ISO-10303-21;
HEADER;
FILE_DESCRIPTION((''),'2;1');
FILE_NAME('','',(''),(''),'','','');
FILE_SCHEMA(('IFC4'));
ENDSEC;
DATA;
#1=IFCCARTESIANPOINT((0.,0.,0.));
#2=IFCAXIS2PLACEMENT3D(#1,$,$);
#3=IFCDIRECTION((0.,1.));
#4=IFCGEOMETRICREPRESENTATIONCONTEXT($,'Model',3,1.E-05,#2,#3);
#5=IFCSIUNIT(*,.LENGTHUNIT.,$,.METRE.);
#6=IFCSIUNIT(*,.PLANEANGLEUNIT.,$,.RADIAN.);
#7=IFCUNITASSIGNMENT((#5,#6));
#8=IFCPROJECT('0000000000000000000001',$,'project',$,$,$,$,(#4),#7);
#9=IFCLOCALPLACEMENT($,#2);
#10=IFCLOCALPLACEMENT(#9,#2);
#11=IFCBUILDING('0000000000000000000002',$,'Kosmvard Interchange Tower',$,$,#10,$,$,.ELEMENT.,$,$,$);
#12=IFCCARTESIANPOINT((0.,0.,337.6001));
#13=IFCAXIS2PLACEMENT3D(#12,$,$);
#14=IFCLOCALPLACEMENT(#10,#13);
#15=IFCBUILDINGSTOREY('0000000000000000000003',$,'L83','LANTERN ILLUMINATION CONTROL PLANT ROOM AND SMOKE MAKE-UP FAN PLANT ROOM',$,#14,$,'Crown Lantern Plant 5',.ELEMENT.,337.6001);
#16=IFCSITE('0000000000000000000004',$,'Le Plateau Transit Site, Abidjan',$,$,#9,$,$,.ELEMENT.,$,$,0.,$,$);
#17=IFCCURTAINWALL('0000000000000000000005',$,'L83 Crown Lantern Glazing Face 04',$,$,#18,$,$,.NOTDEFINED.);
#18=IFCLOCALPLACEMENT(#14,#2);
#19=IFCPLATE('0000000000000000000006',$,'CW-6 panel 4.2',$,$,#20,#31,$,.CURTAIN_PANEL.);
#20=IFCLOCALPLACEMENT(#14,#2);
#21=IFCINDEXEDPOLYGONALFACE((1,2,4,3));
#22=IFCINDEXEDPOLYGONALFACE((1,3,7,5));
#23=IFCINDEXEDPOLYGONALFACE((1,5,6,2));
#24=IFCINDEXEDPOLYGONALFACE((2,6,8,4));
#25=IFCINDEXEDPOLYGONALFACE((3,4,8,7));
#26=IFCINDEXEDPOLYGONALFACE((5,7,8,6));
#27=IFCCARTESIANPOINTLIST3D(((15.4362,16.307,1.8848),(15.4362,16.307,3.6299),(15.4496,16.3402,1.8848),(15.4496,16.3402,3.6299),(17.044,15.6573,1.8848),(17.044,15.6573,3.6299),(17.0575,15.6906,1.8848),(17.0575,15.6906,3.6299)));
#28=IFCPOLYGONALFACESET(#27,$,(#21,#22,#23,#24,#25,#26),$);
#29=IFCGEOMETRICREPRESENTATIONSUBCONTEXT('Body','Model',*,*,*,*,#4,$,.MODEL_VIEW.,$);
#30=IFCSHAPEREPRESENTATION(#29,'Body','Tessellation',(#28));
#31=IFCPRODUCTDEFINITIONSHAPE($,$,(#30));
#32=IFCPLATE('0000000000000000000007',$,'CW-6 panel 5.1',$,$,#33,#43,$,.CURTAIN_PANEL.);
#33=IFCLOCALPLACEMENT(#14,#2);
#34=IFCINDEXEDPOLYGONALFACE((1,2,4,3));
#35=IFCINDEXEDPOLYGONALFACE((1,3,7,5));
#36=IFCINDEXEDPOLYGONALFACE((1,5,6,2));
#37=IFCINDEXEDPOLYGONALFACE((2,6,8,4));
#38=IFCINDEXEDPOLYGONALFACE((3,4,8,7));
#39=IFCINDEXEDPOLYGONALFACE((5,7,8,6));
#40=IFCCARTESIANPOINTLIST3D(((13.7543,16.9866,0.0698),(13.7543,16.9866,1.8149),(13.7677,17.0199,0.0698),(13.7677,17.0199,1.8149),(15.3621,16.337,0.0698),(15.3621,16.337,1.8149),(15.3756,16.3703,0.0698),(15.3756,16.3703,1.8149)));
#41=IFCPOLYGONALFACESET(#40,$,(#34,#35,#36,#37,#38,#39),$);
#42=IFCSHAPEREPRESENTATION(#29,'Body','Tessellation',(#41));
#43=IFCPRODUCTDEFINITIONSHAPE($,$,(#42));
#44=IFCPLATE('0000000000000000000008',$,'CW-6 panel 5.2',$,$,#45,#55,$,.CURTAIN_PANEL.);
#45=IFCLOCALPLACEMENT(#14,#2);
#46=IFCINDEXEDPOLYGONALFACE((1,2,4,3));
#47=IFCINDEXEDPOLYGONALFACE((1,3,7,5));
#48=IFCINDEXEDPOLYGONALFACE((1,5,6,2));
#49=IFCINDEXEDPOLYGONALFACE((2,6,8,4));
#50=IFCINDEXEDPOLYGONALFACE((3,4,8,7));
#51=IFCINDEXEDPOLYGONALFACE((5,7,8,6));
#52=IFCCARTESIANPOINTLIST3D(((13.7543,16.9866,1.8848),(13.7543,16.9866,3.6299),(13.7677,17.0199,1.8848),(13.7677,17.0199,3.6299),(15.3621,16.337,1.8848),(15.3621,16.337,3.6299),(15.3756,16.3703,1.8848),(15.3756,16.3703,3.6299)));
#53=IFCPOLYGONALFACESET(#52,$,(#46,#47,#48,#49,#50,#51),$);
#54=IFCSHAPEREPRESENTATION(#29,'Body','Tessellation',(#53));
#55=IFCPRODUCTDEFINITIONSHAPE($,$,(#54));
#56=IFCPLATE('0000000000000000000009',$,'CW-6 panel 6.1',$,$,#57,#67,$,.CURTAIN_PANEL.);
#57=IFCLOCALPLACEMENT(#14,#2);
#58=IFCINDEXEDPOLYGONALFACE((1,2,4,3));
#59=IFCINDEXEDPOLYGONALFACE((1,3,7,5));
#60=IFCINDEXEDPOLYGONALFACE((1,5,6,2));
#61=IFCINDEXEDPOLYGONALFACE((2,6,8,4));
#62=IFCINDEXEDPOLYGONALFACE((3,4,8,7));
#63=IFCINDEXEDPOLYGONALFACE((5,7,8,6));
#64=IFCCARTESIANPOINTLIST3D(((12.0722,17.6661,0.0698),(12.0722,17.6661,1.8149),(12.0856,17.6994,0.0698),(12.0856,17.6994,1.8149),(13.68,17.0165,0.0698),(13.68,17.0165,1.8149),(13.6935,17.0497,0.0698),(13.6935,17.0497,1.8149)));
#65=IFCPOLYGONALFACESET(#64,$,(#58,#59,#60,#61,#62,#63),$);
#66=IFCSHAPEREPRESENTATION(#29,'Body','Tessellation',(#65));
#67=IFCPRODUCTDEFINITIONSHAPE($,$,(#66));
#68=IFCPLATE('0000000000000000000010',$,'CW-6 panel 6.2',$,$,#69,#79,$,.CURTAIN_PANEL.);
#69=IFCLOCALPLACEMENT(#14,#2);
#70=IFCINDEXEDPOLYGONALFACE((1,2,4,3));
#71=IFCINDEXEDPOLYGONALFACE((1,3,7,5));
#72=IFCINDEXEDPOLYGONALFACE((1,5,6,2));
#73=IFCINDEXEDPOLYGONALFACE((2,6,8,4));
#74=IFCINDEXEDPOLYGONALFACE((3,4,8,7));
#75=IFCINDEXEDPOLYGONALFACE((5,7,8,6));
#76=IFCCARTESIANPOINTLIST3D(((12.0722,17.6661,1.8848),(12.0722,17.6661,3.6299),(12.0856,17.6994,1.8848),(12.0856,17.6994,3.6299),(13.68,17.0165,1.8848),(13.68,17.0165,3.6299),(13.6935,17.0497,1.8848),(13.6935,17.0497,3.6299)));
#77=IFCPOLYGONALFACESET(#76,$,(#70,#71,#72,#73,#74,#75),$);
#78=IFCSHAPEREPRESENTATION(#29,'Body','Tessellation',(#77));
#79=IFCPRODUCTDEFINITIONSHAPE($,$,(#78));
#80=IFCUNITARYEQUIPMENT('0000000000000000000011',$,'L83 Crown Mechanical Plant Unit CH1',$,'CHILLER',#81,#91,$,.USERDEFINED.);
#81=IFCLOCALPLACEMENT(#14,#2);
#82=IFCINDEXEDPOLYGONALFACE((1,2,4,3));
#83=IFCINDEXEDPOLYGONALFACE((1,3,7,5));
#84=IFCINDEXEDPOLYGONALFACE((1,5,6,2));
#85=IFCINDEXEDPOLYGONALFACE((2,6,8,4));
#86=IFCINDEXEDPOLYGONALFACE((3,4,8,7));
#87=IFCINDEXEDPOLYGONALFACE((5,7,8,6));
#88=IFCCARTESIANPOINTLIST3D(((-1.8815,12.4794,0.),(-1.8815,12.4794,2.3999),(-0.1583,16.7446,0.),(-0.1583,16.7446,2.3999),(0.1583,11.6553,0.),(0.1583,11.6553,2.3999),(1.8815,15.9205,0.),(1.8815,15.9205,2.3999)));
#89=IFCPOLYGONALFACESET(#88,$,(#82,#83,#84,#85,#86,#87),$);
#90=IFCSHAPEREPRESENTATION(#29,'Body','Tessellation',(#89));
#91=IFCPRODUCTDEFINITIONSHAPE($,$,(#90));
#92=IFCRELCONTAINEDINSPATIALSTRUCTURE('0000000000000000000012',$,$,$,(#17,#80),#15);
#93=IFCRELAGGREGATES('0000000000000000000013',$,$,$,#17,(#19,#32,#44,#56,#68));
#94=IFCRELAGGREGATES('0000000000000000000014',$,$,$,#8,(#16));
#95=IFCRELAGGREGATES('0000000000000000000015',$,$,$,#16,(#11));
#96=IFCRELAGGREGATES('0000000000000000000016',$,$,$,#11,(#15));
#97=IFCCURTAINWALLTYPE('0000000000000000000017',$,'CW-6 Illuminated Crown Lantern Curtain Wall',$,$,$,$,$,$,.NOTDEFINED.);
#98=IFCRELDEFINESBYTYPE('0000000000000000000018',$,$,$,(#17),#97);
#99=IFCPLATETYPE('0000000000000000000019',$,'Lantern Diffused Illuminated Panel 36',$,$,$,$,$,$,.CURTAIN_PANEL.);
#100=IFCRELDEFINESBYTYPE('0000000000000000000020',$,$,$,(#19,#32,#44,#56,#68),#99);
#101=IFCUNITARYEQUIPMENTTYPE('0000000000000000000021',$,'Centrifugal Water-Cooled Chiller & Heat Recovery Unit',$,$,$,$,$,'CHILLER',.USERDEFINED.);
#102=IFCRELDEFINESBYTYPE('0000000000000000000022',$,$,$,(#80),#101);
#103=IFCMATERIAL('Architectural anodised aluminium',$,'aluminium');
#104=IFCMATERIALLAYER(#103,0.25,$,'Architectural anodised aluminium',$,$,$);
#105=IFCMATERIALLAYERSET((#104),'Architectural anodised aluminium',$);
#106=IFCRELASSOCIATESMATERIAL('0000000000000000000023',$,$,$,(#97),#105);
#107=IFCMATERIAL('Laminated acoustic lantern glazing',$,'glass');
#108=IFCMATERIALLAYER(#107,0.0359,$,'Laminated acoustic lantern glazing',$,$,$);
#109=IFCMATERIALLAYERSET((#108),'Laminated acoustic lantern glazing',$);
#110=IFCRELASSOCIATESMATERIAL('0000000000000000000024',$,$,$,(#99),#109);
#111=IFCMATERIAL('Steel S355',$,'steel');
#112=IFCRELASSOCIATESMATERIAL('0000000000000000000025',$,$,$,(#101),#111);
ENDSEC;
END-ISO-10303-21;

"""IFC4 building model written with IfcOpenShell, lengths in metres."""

from ifc_helpers import new_model, si_unit, direction, frame, origin, origin_2d, place, context, subcontext, project, spatial, rectangle, extrude, source, transform, mapped, material, layer, layer_set, type_object, element, aggregate, save


model = new_model("IFC4")

# Units and contexts
model_context = context("Model", 3, precision=1e-05, world=origin(), true_north=direction((0.0, 1.0)))
body_context = subcontext(model_context, "Body", "Model", "MODEL_VIEW")
ifc_project = project(units=[si_unit("LENGTHUNIT", "METRE"), si_unit("PLANEANGLEUNIT", "RADIAN")], contexts=[model_context])

# Site, building, storey
site_placement = place(None, origin())
site = spatial("IfcSite", under=ifc_project, at=site_placement, Name="Le Plateau Transit Site, Abidjan", CompositionType="ELEMENT", RefElevation=0.0)
building_placement = place(site_placement, origin())
building = spatial("IfcBuilding", under=site, at=building_placement, Name="Kosmvard Interchange Tower", CompositionType="ELEMENT")
storey_placement = place(building_placement, frame((0.0, 0.0, 337.6001)))
storey = spatial("IfcBuildingStorey", under=building, at=storey_placement, Name="L83", Description="LANTERN ILLUMINATION CONTROL PLANT ROOM AND SMOKE MAKE-UP FAN PLANT ROOM", LongName="Crown Lantern Plant 5", CompositionType="ELEMENT", Elevation=337.6001)

# Shared definitions
ifc_material_1 = material(Name="Steel S355", Category="steel")

# Curtain wall
ifc_material_2 = material(Name="Architectural anodised aluminium", Category="aluminium")
ifc_layer_1 = layer(ifc_material_2, 0.25, Name="Architectural anodised aluminium")
ifc_layer_set_1 = layer_set([ifc_layer_1], Name="Architectural anodised aluminium")
curtain_wall_type = type_object("IfcCurtainWallType", Name="CW-6 Illuminated Crown Lantern Curtain Wall", PredefinedType="NOTDEFINED", material=ifc_layer_set_1)
curtain_wall_placement = place(storey_placement, origin())
curtain_wall = element("IfcCurtainWall", 1, at=curtain_wall_placement, inside=storey, type_object=curtain_wall_type, Name="L83 Crown Lantern Glazing Face 04", PredefinedType="NOTDEFINED")

# Plates
ifc_material_3 = material(Name="Laminated acoustic lantern glazing", Category="glass")
ifc_layer_2 = layer(ifc_material_3, 0.0359, Name="Laminated acoustic lantern glazing")
ifc_layer_set_2 = layer_set([ifc_layer_2], Name="Laminated acoustic lantern glazing")
plate_type_1 = type_object("IfcPlateType", Name="Lantern Diffused Illuminated Panel 36", PredefinedType="CURTAIN_PANEL", material=ifc_layer_set_2)
shared_shape_1 = source(origin(), body_context, "Body", "SweptSolid", [
    extrude(rectangle(XDim=1.7341, YDim=0.0359, at=origin_2d()), origin(), (0.0, 0.0, 1.0), 1.7451),
])
plate_1_placement = place(storey_placement, frame((16.2468, 15.9988, 1.8848), z_axis=(0.0, 0.0, 1.0), x_axis=(-0.927184, 0.374607, 0.0)))
plate_1 = element("IfcPlate", 2, at=plate_1_placement, type_object=plate_type_1, Name="CW-6 panel 4.2", PredefinedType="CURTAIN_PANEL", context=body_context, shape_type="MappedRepresentation", body=[
    mapped(shared_shape_1, transform((0.0, 0.0, 0.0), scale=1.0)),
])
plate_2_placement = place(storey_placement, frame((14.5649, 16.6785, 0.0698), z_axis=(0.0, 0.0, 1.0), x_axis=(-0.927184, 0.374607, 0.0)))
plate_2 = element("IfcPlate", 3, at=plate_2_placement, type_object=plate_type_1, Name="CW-6 panel 5.1", PredefinedType="CURTAIN_PANEL", context=body_context, shape_type="MappedRepresentation", body=[
    mapped(shared_shape_1, transform((0.0, 0.0, 0.0), scale=1.0)),
])
plate_3_placement = place(storey_placement, frame((14.5649, 16.6785, 1.8848), z_axis=(0.0, 0.0, 1.0), x_axis=(-0.927184, 0.374607, 0.0)))
plate_3 = element("IfcPlate", 4, at=plate_3_placement, type_object=plate_type_1, Name="CW-6 panel 5.2", PredefinedType="CURTAIN_PANEL", context=body_context, shape_type="MappedRepresentation", body=[
    mapped(shared_shape_1, transform((0.0, 0.0, 0.0), scale=1.0)),
])
plate_4_placement = place(storey_placement, frame((12.8828, 17.3579, 0.0698), z_axis=(0.0, 0.0, 1.0), x_axis=(-0.927184, 0.374607, 0.0)))
plate_4 = element("IfcPlate", 5, at=plate_4_placement, type_object=plate_type_1, Name="CW-6 panel 6.1", PredefinedType="CURTAIN_PANEL", context=body_context, shape_type="MappedRepresentation", body=[
    mapped(shared_shape_1, transform((0.0, 0.0, 0.0), scale=1.0)),
])
plate_5_placement = place(storey_placement, frame((12.8828, 17.3579, 1.8848), z_axis=(0.0, 0.0, 1.0), x_axis=(-0.927184, 0.374607, 0.0)))
plate_5 = element("IfcPlate", 6, at=plate_5_placement, type_object=plate_type_1, Name="CW-6 panel 6.2", PredefinedType="CURTAIN_PANEL", context=body_context, shape_type="MappedRepresentation", body=[
    mapped(shared_shape_1, transform((0.0, 0.0, 0.0), scale=1.0)),
])
aggregate(curtain_wall, [plate_1, plate_2, plate_3, plate_4, plate_5])

# Unitary equipment
unitary_equipment_type = type_object("IfcUnitaryEquipmentType", Name="Centrifugal Water-Cooled Chiller & Heat Recovery Unit", ElementType="CHILLER", PredefinedType="USERDEFINED", material=ifc_material_1)
shared_shape_2 = source(origin(), body_context, "Body", "SweptSolid", [
    extrude(rectangle(XDim=4.6001, YDim=2.2, at=origin_2d()), origin(), (0.0, 0.0, 1.0), 2.3999),
])
unitary_equipment_placement = place(storey_placement, frame((0.0, 14.2, 0.0), z_axis=(0.0, 0.0, 1.0), x_axis=(0.374607, 0.927184, 0.0)))
element("IfcUnitaryEquipment", 7, at=unitary_equipment_placement, inside=storey, type_object=unitary_equipment_type, Name="L83 Crown Mechanical Plant Unit CH1", ObjectType="CHILLER", PredefinedType="USERDEFINED", context=body_context, shape_type="MappedRepresentation", body=[
    mapped(shared_shape_2, transform((0.0, 0.0, 0.0), scale=1.0)),
])

save(model, "model.ifc")
